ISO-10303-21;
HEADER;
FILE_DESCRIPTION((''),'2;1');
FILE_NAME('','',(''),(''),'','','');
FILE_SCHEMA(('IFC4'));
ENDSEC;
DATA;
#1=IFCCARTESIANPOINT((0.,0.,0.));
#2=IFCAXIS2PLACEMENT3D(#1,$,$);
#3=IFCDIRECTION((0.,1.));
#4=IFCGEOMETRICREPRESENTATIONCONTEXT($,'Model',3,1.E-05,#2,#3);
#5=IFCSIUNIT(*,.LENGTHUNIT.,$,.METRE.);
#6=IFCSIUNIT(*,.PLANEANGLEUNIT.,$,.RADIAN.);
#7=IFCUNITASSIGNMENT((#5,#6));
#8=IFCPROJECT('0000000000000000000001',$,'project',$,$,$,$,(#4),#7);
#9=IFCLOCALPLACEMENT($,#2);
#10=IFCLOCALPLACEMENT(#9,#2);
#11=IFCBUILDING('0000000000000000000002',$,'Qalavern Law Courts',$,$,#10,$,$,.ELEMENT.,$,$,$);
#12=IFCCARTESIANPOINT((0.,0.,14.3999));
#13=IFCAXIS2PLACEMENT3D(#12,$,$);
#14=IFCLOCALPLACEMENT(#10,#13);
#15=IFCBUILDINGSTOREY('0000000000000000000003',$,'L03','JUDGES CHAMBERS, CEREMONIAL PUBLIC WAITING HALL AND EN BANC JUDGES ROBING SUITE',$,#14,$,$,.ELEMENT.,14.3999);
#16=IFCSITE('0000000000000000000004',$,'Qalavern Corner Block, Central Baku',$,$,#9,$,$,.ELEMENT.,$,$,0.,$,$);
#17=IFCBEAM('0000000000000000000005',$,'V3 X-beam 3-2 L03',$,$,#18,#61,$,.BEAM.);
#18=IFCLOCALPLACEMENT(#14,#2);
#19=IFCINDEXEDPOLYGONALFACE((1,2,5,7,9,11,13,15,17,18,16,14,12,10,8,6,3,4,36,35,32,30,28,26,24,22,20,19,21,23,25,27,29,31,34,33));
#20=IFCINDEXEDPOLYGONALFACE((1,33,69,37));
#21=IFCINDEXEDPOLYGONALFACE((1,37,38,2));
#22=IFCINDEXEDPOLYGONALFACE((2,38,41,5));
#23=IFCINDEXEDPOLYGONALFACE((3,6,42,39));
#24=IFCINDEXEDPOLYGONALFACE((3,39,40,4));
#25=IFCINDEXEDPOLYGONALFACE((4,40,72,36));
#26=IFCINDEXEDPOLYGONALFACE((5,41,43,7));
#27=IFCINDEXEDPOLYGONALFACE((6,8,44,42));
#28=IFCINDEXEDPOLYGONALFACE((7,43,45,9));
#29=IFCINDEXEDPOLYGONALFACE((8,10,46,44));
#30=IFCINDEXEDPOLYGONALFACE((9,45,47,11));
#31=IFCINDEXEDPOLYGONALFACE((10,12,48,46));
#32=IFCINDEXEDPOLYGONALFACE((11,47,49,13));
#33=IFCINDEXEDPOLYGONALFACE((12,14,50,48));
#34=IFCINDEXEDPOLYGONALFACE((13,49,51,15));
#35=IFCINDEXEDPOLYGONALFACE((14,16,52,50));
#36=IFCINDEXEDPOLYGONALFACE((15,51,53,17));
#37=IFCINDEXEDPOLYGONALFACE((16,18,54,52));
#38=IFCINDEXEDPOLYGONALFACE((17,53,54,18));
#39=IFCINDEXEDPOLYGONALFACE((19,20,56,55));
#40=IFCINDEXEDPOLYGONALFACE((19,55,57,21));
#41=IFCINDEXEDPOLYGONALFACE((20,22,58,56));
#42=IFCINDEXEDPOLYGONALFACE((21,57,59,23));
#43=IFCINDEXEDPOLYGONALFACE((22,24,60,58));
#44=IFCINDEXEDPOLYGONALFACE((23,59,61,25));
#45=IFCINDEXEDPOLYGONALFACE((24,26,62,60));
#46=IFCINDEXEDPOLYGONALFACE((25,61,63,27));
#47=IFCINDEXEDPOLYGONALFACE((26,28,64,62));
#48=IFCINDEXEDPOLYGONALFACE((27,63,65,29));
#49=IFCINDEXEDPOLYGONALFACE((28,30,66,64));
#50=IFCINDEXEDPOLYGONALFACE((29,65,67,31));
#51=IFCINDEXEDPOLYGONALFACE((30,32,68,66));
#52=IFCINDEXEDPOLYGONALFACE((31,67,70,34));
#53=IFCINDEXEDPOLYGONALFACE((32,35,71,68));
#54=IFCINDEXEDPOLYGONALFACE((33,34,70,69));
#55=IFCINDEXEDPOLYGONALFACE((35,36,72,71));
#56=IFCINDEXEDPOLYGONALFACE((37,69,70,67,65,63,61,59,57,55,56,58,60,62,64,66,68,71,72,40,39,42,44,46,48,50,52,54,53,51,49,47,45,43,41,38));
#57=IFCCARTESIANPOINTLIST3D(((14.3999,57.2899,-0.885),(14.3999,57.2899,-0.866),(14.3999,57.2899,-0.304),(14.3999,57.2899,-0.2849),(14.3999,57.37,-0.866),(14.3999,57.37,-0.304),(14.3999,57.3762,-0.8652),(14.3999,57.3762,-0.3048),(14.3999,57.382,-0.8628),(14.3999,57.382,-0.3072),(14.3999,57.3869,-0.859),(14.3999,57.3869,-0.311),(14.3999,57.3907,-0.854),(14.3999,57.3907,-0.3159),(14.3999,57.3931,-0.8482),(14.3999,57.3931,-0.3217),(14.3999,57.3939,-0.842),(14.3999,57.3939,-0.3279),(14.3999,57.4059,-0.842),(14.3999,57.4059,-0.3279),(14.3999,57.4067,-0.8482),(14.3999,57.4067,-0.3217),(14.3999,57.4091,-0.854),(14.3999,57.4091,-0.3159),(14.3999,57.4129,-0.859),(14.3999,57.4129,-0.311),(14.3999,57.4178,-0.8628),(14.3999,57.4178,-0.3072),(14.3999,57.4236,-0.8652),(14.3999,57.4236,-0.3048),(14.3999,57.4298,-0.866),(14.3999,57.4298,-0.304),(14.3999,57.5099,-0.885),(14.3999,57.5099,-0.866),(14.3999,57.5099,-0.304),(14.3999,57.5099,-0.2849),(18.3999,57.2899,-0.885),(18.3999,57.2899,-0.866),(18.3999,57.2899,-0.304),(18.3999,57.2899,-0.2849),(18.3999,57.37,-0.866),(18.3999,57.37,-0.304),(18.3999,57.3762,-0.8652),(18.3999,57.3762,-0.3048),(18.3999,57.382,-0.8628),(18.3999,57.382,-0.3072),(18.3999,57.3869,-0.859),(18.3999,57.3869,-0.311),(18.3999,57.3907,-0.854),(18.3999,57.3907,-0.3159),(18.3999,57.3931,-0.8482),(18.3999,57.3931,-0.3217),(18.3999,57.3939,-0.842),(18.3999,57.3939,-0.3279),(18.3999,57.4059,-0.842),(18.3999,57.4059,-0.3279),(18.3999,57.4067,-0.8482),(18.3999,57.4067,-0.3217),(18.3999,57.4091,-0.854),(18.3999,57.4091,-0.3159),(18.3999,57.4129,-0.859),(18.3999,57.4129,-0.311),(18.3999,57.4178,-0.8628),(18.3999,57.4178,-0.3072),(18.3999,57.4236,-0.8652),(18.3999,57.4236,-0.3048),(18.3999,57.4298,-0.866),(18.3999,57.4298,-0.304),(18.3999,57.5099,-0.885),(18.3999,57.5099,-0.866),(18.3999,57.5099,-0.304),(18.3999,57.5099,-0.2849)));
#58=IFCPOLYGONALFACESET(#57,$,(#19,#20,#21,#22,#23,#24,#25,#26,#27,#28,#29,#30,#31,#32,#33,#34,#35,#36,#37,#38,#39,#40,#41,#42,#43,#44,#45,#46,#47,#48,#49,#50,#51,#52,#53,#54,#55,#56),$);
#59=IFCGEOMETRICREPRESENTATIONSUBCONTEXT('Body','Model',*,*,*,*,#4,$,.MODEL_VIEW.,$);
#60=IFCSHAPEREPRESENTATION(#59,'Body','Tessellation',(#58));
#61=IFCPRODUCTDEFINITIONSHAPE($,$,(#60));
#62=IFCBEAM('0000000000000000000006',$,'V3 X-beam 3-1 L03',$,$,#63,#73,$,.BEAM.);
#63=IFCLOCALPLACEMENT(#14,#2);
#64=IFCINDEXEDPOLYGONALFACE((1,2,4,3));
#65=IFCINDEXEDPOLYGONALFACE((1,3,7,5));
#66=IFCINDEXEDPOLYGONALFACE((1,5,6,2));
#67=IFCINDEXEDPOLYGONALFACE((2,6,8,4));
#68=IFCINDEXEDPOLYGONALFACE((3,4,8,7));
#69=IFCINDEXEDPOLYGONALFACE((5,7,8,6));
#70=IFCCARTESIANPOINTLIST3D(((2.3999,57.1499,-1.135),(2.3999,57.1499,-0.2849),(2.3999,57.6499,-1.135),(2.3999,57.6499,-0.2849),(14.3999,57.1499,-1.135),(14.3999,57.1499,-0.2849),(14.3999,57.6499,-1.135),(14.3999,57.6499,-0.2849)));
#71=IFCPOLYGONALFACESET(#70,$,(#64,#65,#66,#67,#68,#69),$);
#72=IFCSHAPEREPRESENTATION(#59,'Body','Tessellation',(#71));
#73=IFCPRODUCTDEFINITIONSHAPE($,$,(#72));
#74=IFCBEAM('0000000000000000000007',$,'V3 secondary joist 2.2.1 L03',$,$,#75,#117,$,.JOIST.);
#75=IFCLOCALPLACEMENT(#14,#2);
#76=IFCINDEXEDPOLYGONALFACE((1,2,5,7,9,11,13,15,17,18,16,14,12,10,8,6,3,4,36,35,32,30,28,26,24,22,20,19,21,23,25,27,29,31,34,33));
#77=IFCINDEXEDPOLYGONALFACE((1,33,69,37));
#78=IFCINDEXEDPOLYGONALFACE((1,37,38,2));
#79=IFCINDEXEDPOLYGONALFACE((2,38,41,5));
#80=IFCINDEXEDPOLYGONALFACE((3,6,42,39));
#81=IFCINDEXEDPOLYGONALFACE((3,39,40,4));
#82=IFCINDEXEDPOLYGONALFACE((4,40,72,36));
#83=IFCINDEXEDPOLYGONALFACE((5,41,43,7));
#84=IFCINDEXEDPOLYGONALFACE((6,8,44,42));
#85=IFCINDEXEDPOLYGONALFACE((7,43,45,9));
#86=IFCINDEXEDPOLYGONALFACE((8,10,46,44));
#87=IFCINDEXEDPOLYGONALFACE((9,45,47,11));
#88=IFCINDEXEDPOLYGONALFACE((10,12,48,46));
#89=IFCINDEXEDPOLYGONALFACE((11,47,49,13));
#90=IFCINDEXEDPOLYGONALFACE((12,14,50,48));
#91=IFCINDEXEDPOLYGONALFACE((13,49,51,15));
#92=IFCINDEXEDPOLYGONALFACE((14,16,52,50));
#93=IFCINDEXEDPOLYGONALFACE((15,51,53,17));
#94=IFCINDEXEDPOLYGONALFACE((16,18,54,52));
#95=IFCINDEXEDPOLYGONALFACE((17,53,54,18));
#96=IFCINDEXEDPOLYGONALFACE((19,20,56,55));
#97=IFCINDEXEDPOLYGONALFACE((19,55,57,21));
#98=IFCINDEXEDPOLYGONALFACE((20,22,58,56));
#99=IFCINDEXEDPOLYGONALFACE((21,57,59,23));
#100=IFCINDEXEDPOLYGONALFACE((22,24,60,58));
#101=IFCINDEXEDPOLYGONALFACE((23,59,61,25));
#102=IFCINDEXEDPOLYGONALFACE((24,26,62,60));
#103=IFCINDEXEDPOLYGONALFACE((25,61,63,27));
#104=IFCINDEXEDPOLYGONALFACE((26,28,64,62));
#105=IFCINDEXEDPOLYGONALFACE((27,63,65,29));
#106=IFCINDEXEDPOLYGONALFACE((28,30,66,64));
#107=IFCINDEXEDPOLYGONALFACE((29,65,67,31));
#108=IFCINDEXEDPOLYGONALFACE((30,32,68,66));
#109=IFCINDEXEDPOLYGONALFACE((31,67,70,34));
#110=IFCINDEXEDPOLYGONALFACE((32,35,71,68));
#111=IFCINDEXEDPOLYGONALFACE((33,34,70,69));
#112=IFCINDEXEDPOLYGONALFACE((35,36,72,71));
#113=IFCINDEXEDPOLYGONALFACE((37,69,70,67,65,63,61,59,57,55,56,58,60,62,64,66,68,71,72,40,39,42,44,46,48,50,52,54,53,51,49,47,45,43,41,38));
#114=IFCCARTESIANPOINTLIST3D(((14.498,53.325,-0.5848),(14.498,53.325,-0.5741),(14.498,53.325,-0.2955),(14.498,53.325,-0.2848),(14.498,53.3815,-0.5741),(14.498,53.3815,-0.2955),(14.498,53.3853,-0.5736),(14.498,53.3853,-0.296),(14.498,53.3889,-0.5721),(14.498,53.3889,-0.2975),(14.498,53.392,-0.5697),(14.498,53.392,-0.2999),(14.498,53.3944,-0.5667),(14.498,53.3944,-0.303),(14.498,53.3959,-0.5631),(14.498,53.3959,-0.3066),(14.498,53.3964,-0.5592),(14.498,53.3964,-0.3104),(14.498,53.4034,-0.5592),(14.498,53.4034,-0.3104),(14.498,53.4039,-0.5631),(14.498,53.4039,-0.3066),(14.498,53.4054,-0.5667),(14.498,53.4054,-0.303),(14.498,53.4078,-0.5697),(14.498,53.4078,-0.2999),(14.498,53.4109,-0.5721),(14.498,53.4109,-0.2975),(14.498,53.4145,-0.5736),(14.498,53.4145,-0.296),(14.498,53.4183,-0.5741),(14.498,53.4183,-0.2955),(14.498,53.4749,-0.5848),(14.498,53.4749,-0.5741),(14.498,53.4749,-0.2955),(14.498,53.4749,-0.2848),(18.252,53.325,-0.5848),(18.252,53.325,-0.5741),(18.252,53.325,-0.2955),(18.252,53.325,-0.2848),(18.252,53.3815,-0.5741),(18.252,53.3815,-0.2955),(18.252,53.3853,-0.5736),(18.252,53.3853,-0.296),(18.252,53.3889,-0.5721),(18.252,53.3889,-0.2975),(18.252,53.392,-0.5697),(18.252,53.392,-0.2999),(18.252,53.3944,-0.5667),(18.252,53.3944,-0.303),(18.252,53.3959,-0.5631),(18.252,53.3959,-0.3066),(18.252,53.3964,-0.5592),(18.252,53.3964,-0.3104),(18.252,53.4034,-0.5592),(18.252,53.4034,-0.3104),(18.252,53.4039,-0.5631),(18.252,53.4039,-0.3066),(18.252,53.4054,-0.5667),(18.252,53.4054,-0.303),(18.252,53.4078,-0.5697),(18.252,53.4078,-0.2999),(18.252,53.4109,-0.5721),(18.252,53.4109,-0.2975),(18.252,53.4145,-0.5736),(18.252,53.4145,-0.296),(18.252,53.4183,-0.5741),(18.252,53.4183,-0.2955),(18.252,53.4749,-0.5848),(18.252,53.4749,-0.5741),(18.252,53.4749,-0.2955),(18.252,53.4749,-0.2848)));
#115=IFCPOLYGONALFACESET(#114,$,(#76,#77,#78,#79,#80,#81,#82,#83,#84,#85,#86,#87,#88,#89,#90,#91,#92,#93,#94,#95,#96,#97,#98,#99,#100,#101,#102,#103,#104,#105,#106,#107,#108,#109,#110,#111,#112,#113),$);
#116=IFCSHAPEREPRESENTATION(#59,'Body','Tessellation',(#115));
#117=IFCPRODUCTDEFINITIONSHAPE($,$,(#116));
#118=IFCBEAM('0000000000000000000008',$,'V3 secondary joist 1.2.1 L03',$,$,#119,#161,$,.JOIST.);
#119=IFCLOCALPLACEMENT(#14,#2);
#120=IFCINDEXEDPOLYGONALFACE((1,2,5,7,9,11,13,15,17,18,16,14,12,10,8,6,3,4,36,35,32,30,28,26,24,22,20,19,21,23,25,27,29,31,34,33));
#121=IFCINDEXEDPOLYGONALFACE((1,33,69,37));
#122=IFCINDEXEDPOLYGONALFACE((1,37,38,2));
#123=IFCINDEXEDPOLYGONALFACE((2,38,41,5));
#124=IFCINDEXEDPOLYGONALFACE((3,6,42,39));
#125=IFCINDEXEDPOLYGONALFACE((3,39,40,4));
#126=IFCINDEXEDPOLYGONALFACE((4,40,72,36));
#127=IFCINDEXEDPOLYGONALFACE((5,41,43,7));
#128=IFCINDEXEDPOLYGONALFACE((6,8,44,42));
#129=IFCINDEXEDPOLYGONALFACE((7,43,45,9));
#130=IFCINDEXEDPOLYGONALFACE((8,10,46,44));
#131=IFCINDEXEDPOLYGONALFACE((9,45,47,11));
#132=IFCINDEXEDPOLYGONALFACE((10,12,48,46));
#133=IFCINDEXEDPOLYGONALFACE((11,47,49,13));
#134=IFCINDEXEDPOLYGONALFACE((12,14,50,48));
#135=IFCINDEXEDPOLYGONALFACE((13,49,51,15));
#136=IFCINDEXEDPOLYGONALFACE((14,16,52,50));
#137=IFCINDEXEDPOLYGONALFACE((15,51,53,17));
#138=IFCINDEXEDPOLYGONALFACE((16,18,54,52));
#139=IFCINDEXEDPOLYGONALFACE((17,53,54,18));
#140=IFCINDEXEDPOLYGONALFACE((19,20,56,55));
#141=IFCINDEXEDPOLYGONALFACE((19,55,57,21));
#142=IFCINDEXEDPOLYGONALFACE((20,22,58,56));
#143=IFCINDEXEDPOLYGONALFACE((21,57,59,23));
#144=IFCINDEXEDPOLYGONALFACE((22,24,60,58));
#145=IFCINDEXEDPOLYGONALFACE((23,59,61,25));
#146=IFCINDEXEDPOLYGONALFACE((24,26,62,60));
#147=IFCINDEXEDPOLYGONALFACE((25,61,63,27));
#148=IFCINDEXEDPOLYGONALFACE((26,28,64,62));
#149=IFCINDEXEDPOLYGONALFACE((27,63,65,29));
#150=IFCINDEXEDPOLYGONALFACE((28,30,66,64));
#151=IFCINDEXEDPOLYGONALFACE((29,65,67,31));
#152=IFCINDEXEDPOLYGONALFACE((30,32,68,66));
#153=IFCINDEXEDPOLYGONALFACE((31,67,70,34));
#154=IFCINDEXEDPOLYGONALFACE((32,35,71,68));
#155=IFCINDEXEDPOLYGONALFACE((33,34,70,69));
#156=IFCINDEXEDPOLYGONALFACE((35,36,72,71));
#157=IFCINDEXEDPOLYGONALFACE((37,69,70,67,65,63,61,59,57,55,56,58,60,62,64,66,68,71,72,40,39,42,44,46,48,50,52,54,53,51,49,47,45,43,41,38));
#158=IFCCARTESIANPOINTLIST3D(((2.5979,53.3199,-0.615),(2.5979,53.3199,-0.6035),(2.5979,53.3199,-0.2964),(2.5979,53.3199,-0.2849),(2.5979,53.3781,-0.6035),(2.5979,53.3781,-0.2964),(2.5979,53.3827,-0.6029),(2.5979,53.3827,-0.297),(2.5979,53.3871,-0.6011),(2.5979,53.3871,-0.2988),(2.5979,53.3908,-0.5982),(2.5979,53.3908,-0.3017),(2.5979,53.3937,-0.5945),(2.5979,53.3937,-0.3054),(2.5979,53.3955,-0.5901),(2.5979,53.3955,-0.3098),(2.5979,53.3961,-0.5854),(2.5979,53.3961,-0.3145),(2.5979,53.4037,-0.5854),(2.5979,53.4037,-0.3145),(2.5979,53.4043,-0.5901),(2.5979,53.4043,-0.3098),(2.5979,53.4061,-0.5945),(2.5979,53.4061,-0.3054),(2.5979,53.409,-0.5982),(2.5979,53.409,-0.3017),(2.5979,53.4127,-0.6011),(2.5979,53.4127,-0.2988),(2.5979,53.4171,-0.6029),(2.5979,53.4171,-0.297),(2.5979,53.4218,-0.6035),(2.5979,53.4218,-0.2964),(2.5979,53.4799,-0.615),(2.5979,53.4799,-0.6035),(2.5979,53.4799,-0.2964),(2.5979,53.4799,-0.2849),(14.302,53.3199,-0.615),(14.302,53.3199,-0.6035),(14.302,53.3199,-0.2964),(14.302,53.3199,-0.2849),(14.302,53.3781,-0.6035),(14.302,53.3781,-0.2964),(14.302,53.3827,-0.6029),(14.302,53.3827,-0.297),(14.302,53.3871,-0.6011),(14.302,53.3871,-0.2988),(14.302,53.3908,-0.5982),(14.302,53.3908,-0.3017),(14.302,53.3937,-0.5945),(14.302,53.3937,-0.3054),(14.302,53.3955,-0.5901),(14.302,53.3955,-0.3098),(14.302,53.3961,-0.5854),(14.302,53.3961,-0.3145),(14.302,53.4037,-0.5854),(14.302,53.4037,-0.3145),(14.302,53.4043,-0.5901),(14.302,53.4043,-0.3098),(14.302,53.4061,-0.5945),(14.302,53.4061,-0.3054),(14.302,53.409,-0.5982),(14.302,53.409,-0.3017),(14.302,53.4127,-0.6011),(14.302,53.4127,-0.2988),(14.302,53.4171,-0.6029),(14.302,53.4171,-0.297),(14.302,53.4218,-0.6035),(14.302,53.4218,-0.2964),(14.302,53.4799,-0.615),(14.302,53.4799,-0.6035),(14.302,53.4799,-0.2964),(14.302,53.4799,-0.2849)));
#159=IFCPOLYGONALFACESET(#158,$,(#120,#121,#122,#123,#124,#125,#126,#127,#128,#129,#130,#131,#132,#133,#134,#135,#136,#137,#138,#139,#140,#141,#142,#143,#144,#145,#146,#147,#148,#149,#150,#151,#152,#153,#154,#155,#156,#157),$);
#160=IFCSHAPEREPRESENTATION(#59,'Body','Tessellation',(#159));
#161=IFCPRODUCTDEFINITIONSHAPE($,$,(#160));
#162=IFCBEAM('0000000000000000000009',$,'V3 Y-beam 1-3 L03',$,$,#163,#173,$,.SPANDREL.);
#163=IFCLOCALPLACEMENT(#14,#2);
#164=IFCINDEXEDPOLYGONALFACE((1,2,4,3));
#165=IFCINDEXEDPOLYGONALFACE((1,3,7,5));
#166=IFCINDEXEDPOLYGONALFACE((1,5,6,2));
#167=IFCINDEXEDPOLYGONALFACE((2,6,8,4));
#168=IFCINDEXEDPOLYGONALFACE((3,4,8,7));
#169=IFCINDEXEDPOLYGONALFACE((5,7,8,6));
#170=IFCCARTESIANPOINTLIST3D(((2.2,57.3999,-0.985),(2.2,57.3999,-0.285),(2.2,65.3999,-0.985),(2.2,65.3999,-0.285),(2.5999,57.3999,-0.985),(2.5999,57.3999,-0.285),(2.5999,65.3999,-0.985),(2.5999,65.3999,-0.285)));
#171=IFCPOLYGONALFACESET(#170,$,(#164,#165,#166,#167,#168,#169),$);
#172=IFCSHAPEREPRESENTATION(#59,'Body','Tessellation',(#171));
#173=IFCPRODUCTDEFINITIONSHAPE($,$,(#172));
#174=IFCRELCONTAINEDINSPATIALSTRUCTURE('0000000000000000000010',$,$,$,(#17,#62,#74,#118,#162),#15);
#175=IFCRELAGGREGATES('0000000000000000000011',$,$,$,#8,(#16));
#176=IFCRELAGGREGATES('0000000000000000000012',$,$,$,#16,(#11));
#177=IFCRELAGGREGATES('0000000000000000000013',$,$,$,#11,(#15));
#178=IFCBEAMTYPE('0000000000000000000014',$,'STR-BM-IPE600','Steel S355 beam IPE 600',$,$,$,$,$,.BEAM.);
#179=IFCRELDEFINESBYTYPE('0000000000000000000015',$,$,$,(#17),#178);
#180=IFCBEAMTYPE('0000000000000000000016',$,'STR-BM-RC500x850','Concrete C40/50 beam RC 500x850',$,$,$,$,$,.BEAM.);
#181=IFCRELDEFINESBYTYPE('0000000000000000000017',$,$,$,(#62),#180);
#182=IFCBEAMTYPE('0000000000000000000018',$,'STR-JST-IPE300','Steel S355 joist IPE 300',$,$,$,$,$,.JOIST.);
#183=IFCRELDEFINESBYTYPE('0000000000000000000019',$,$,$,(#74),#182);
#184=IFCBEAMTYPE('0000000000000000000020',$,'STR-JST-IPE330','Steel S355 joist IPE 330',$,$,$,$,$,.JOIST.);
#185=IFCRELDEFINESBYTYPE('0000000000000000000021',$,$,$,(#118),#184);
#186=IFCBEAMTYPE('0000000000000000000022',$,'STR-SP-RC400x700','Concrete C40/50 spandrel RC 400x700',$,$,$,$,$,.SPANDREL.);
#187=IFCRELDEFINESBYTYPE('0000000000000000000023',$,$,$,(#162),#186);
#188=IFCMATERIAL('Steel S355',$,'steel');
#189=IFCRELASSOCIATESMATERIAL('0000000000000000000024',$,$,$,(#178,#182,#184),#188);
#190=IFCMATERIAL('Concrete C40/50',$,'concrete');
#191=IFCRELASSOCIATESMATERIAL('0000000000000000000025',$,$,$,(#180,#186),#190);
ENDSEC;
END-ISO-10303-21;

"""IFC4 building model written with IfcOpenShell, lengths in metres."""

from ifc_helpers import new_model, si_unit, direction, frame, origin, origin_2d, place, context, subcontext, project, spatial, rectangle, i_section, extrude, material, material_profile, profile_set, type_object, element, save


model = new_model("IFC4")

# Units and contexts
model_context = context("Model", 3, precision=1e-05, world=origin(), true_north=direction((0.0, 1.0)))
body_context = subcontext(model_context, "Body", "Model", "MODEL_VIEW")
ifc_project = project(units=[si_unit("LENGTHUNIT", "METRE"), si_unit("PLANEANGLEUNIT", "RADIAN")], contexts=[model_context])

# Site, building, storey
site_placement = place(None, origin())
site = spatial("IfcSite", under=ifc_project, at=site_placement, Name="Qalavern Corner Block, Central Baku", CompositionType="ELEMENT", RefElevation=0.0)
building_placement = place(site_placement, origin())
building = spatial("IfcBuilding", under=site, at=building_placement, Name="Qalavern Law Courts", CompositionType="ELEMENT")
storey_placement = place(building_placement, frame((0.0, 0.0, 14.3999)))
storey = spatial("IfcBuildingStorey", under=building, at=storey_placement, Name="L03", Description="JUDGES CHAMBERS, CEREMONIAL PUBLIC WAITING HALL AND EN BANC JUDGES ROBING SUITE", CompositionType="ELEMENT", Elevation=14.3999)

# Beams
ifc_material_1 = material(Name="Steel S355", Category="steel")
ifc_material_profile_1 = material_profile(ifc_material_1, i_section(OverallWidth=0.22, OverallDepth=0.6001, WebThickness=0.012, FlangeThickness=0.019, FilletRadius=0.0239, at=origin_2d()), Name="IPE 600")
ifc_profile_set_1 = profile_set([ifc_material_profile_1], Name="Steel S355")
beam_type_1 = type_object("IfcBeamType", Name="STR-BM-IPE600", Description="Steel S355 beam IPE 600", PredefinedType="BEAM", material=ifc_profile_set_1)
beam_1_placement = place(storey_placement, frame((14.3999, 57.3999, -0.585), z_axis=(1.0, 0.0, 0.0), x_axis=(0.0, 1.0, 0.0)))
element("IfcBeam", 1, at=beam_1_placement, inside=storey, type_object=beam_type_1, Name="V3 X-beam 3-2 L03", PredefinedType="BEAM", context=body_context, shape_type="SweptSolid", body=[
    extrude(i_section(OverallWidth=0.22, OverallDepth=0.6001, WebThickness=0.012, FlangeThickness=0.019, FilletRadius=0.0239, at=origin_2d()), origin(), (0.0, 0.0, 1.0), 4.0),
])
ifc_material_2 = material(Name="Concrete C40/50", Category="concrete")
ifc_material_profile_2 = material_profile(ifc_material_2, rectangle(XDim=0.5, YDim=0.8501, at=origin_2d()), Name="RC 500x850")
ifc_profile_set_2 = profile_set([ifc_material_profile_2], Name="Concrete C40/50")
beam_type_2 = type_object("IfcBeamType", Name="STR-BM-RC500x850", Description="Concrete C40/50 beam RC 500x850", PredefinedType="BEAM", material=ifc_profile_set_2)
beam_2_placement = place(storey_placement, frame((2.3999, 57.3999, -0.71), z_axis=(1.0, 0.0, 0.0), x_axis=(0.0, 1.0, 0.0)))
element("IfcBeam", 2, at=beam_2_placement, inside=storey, type_object=beam_type_2, Name="V3 X-beam 3-1 L03", PredefinedType="BEAM", context=body_context, shape_type="SweptSolid", body=[
    extrude(rectangle(XDim=0.5, YDim=0.8501, at=origin_2d()), origin(), (0.0, 0.0, 1.0), 12.0),
])
ifc_material_profile_3 = material_profile(ifc_material_1, i_section(OverallWidth=0.1499, OverallDepth=0.3, WebThickness=0.0071, FlangeThickness=0.0107, FilletRadius=0.0149, at=origin_2d()), Name="IPE 300")
ifc_profile_set_3 = profile_set([ifc_material_profile_3], Name="Steel S355")
beam_type_3 = type_object("IfcBeamType", Name="STR-JST-IPE300", Description="Steel S355 joist IPE 300", PredefinedType="JOIST", material=ifc_profile_set_3)
beam_3_placement = place(storey_placement, frame((14.498, 53.3999, -0.4348), z_axis=(1.0, 0.0, 0.0), x_axis=(0.0, 1.0, 0.0)))
element("IfcBeam", 3, at=beam_3_placement, inside=storey, type_object=beam_type_3, Name="V3 secondary joist 2.2.1 L03", PredefinedType="JOIST", context=body_context, shape_type="SweptSolid", body=[
    extrude(i_section(OverallWidth=0.1499, OverallDepth=0.3, WebThickness=0.0071, FlangeThickness=0.0107, FilletRadius=0.0149, at=origin_2d()), origin(), (0.0, 0.0, 1.0), 3.7539),
])
ifc_material_profile_4 = material_profile(ifc_material_1, i_section(OverallWidth=0.1599, OverallDepth=0.3301, WebThickness=0.0076, FlangeThickness=0.0115, FilletRadius=0.0181, at=origin_2d()), Name="IPE 330")
ifc_profile_set_4 = profile_set([ifc_material_profile_4], Name="Steel S355")
beam_type_4 = type_object("IfcBeamType", Name="STR-JST-IPE330", Description="Steel S355 joist IPE 330", PredefinedType="JOIST", material=ifc_profile_set_4)
beam_4_placement = place(storey_placement, frame((2.5979, 53.3999, -0.45), z_axis=(1.0, 0.0, 0.0), x_axis=(0.0, 1.0, 0.0)))
element("IfcBeam", 4, at=beam_4_placement, inside=storey, type_object=beam_type_4, Name="V3 secondary joist 1.2.1 L03", PredefinedType="JOIST", context=body_context, shape_type="SweptSolid", body=[
    extrude(i_section(OverallWidth=0.1599, OverallDepth=0.3301, WebThickness=0.0076, FlangeThickness=0.0115, FilletRadius=0.0181, at=origin_2d()), origin(), (0.0, 0.0, 1.0), 11.7041),
])
ifc_material_profile_5 = material_profile(ifc_material_2, rectangle(XDim=0.3999, YDim=0.7, at=origin_2d()), Name="RC 400x700")
ifc_profile_set_5 = profile_set([ifc_material_profile_5], Name="Concrete C40/50")
beam_type_5 = type_object("IfcBeamType", Name="STR-SP-RC400x700", Description="Concrete C40/50 spandrel RC 400x700", PredefinedType="SPANDREL", material=ifc_profile_set_5)
beam_5_placement = place(storey_placement, frame((2.3999, 57.3999, -0.635), z_axis=(0.0, 1.0, 0.0), x_axis=(-1.0, 0.0, 0.0)))
element("IfcBeam", 5, at=beam_5_placement, inside=storey, type_object=beam_type_5, Name="V3 Y-beam 1-3 L03", PredefinedType="SPANDREL", context=body_context, shape_type="SweptSolid", body=[
    extrude(rectangle(XDim=0.3999, YDim=0.7, at=origin_2d()), origin(), (0.0, 0.0, 1.0), 8.0),
])

save(model, "model.ifc")
